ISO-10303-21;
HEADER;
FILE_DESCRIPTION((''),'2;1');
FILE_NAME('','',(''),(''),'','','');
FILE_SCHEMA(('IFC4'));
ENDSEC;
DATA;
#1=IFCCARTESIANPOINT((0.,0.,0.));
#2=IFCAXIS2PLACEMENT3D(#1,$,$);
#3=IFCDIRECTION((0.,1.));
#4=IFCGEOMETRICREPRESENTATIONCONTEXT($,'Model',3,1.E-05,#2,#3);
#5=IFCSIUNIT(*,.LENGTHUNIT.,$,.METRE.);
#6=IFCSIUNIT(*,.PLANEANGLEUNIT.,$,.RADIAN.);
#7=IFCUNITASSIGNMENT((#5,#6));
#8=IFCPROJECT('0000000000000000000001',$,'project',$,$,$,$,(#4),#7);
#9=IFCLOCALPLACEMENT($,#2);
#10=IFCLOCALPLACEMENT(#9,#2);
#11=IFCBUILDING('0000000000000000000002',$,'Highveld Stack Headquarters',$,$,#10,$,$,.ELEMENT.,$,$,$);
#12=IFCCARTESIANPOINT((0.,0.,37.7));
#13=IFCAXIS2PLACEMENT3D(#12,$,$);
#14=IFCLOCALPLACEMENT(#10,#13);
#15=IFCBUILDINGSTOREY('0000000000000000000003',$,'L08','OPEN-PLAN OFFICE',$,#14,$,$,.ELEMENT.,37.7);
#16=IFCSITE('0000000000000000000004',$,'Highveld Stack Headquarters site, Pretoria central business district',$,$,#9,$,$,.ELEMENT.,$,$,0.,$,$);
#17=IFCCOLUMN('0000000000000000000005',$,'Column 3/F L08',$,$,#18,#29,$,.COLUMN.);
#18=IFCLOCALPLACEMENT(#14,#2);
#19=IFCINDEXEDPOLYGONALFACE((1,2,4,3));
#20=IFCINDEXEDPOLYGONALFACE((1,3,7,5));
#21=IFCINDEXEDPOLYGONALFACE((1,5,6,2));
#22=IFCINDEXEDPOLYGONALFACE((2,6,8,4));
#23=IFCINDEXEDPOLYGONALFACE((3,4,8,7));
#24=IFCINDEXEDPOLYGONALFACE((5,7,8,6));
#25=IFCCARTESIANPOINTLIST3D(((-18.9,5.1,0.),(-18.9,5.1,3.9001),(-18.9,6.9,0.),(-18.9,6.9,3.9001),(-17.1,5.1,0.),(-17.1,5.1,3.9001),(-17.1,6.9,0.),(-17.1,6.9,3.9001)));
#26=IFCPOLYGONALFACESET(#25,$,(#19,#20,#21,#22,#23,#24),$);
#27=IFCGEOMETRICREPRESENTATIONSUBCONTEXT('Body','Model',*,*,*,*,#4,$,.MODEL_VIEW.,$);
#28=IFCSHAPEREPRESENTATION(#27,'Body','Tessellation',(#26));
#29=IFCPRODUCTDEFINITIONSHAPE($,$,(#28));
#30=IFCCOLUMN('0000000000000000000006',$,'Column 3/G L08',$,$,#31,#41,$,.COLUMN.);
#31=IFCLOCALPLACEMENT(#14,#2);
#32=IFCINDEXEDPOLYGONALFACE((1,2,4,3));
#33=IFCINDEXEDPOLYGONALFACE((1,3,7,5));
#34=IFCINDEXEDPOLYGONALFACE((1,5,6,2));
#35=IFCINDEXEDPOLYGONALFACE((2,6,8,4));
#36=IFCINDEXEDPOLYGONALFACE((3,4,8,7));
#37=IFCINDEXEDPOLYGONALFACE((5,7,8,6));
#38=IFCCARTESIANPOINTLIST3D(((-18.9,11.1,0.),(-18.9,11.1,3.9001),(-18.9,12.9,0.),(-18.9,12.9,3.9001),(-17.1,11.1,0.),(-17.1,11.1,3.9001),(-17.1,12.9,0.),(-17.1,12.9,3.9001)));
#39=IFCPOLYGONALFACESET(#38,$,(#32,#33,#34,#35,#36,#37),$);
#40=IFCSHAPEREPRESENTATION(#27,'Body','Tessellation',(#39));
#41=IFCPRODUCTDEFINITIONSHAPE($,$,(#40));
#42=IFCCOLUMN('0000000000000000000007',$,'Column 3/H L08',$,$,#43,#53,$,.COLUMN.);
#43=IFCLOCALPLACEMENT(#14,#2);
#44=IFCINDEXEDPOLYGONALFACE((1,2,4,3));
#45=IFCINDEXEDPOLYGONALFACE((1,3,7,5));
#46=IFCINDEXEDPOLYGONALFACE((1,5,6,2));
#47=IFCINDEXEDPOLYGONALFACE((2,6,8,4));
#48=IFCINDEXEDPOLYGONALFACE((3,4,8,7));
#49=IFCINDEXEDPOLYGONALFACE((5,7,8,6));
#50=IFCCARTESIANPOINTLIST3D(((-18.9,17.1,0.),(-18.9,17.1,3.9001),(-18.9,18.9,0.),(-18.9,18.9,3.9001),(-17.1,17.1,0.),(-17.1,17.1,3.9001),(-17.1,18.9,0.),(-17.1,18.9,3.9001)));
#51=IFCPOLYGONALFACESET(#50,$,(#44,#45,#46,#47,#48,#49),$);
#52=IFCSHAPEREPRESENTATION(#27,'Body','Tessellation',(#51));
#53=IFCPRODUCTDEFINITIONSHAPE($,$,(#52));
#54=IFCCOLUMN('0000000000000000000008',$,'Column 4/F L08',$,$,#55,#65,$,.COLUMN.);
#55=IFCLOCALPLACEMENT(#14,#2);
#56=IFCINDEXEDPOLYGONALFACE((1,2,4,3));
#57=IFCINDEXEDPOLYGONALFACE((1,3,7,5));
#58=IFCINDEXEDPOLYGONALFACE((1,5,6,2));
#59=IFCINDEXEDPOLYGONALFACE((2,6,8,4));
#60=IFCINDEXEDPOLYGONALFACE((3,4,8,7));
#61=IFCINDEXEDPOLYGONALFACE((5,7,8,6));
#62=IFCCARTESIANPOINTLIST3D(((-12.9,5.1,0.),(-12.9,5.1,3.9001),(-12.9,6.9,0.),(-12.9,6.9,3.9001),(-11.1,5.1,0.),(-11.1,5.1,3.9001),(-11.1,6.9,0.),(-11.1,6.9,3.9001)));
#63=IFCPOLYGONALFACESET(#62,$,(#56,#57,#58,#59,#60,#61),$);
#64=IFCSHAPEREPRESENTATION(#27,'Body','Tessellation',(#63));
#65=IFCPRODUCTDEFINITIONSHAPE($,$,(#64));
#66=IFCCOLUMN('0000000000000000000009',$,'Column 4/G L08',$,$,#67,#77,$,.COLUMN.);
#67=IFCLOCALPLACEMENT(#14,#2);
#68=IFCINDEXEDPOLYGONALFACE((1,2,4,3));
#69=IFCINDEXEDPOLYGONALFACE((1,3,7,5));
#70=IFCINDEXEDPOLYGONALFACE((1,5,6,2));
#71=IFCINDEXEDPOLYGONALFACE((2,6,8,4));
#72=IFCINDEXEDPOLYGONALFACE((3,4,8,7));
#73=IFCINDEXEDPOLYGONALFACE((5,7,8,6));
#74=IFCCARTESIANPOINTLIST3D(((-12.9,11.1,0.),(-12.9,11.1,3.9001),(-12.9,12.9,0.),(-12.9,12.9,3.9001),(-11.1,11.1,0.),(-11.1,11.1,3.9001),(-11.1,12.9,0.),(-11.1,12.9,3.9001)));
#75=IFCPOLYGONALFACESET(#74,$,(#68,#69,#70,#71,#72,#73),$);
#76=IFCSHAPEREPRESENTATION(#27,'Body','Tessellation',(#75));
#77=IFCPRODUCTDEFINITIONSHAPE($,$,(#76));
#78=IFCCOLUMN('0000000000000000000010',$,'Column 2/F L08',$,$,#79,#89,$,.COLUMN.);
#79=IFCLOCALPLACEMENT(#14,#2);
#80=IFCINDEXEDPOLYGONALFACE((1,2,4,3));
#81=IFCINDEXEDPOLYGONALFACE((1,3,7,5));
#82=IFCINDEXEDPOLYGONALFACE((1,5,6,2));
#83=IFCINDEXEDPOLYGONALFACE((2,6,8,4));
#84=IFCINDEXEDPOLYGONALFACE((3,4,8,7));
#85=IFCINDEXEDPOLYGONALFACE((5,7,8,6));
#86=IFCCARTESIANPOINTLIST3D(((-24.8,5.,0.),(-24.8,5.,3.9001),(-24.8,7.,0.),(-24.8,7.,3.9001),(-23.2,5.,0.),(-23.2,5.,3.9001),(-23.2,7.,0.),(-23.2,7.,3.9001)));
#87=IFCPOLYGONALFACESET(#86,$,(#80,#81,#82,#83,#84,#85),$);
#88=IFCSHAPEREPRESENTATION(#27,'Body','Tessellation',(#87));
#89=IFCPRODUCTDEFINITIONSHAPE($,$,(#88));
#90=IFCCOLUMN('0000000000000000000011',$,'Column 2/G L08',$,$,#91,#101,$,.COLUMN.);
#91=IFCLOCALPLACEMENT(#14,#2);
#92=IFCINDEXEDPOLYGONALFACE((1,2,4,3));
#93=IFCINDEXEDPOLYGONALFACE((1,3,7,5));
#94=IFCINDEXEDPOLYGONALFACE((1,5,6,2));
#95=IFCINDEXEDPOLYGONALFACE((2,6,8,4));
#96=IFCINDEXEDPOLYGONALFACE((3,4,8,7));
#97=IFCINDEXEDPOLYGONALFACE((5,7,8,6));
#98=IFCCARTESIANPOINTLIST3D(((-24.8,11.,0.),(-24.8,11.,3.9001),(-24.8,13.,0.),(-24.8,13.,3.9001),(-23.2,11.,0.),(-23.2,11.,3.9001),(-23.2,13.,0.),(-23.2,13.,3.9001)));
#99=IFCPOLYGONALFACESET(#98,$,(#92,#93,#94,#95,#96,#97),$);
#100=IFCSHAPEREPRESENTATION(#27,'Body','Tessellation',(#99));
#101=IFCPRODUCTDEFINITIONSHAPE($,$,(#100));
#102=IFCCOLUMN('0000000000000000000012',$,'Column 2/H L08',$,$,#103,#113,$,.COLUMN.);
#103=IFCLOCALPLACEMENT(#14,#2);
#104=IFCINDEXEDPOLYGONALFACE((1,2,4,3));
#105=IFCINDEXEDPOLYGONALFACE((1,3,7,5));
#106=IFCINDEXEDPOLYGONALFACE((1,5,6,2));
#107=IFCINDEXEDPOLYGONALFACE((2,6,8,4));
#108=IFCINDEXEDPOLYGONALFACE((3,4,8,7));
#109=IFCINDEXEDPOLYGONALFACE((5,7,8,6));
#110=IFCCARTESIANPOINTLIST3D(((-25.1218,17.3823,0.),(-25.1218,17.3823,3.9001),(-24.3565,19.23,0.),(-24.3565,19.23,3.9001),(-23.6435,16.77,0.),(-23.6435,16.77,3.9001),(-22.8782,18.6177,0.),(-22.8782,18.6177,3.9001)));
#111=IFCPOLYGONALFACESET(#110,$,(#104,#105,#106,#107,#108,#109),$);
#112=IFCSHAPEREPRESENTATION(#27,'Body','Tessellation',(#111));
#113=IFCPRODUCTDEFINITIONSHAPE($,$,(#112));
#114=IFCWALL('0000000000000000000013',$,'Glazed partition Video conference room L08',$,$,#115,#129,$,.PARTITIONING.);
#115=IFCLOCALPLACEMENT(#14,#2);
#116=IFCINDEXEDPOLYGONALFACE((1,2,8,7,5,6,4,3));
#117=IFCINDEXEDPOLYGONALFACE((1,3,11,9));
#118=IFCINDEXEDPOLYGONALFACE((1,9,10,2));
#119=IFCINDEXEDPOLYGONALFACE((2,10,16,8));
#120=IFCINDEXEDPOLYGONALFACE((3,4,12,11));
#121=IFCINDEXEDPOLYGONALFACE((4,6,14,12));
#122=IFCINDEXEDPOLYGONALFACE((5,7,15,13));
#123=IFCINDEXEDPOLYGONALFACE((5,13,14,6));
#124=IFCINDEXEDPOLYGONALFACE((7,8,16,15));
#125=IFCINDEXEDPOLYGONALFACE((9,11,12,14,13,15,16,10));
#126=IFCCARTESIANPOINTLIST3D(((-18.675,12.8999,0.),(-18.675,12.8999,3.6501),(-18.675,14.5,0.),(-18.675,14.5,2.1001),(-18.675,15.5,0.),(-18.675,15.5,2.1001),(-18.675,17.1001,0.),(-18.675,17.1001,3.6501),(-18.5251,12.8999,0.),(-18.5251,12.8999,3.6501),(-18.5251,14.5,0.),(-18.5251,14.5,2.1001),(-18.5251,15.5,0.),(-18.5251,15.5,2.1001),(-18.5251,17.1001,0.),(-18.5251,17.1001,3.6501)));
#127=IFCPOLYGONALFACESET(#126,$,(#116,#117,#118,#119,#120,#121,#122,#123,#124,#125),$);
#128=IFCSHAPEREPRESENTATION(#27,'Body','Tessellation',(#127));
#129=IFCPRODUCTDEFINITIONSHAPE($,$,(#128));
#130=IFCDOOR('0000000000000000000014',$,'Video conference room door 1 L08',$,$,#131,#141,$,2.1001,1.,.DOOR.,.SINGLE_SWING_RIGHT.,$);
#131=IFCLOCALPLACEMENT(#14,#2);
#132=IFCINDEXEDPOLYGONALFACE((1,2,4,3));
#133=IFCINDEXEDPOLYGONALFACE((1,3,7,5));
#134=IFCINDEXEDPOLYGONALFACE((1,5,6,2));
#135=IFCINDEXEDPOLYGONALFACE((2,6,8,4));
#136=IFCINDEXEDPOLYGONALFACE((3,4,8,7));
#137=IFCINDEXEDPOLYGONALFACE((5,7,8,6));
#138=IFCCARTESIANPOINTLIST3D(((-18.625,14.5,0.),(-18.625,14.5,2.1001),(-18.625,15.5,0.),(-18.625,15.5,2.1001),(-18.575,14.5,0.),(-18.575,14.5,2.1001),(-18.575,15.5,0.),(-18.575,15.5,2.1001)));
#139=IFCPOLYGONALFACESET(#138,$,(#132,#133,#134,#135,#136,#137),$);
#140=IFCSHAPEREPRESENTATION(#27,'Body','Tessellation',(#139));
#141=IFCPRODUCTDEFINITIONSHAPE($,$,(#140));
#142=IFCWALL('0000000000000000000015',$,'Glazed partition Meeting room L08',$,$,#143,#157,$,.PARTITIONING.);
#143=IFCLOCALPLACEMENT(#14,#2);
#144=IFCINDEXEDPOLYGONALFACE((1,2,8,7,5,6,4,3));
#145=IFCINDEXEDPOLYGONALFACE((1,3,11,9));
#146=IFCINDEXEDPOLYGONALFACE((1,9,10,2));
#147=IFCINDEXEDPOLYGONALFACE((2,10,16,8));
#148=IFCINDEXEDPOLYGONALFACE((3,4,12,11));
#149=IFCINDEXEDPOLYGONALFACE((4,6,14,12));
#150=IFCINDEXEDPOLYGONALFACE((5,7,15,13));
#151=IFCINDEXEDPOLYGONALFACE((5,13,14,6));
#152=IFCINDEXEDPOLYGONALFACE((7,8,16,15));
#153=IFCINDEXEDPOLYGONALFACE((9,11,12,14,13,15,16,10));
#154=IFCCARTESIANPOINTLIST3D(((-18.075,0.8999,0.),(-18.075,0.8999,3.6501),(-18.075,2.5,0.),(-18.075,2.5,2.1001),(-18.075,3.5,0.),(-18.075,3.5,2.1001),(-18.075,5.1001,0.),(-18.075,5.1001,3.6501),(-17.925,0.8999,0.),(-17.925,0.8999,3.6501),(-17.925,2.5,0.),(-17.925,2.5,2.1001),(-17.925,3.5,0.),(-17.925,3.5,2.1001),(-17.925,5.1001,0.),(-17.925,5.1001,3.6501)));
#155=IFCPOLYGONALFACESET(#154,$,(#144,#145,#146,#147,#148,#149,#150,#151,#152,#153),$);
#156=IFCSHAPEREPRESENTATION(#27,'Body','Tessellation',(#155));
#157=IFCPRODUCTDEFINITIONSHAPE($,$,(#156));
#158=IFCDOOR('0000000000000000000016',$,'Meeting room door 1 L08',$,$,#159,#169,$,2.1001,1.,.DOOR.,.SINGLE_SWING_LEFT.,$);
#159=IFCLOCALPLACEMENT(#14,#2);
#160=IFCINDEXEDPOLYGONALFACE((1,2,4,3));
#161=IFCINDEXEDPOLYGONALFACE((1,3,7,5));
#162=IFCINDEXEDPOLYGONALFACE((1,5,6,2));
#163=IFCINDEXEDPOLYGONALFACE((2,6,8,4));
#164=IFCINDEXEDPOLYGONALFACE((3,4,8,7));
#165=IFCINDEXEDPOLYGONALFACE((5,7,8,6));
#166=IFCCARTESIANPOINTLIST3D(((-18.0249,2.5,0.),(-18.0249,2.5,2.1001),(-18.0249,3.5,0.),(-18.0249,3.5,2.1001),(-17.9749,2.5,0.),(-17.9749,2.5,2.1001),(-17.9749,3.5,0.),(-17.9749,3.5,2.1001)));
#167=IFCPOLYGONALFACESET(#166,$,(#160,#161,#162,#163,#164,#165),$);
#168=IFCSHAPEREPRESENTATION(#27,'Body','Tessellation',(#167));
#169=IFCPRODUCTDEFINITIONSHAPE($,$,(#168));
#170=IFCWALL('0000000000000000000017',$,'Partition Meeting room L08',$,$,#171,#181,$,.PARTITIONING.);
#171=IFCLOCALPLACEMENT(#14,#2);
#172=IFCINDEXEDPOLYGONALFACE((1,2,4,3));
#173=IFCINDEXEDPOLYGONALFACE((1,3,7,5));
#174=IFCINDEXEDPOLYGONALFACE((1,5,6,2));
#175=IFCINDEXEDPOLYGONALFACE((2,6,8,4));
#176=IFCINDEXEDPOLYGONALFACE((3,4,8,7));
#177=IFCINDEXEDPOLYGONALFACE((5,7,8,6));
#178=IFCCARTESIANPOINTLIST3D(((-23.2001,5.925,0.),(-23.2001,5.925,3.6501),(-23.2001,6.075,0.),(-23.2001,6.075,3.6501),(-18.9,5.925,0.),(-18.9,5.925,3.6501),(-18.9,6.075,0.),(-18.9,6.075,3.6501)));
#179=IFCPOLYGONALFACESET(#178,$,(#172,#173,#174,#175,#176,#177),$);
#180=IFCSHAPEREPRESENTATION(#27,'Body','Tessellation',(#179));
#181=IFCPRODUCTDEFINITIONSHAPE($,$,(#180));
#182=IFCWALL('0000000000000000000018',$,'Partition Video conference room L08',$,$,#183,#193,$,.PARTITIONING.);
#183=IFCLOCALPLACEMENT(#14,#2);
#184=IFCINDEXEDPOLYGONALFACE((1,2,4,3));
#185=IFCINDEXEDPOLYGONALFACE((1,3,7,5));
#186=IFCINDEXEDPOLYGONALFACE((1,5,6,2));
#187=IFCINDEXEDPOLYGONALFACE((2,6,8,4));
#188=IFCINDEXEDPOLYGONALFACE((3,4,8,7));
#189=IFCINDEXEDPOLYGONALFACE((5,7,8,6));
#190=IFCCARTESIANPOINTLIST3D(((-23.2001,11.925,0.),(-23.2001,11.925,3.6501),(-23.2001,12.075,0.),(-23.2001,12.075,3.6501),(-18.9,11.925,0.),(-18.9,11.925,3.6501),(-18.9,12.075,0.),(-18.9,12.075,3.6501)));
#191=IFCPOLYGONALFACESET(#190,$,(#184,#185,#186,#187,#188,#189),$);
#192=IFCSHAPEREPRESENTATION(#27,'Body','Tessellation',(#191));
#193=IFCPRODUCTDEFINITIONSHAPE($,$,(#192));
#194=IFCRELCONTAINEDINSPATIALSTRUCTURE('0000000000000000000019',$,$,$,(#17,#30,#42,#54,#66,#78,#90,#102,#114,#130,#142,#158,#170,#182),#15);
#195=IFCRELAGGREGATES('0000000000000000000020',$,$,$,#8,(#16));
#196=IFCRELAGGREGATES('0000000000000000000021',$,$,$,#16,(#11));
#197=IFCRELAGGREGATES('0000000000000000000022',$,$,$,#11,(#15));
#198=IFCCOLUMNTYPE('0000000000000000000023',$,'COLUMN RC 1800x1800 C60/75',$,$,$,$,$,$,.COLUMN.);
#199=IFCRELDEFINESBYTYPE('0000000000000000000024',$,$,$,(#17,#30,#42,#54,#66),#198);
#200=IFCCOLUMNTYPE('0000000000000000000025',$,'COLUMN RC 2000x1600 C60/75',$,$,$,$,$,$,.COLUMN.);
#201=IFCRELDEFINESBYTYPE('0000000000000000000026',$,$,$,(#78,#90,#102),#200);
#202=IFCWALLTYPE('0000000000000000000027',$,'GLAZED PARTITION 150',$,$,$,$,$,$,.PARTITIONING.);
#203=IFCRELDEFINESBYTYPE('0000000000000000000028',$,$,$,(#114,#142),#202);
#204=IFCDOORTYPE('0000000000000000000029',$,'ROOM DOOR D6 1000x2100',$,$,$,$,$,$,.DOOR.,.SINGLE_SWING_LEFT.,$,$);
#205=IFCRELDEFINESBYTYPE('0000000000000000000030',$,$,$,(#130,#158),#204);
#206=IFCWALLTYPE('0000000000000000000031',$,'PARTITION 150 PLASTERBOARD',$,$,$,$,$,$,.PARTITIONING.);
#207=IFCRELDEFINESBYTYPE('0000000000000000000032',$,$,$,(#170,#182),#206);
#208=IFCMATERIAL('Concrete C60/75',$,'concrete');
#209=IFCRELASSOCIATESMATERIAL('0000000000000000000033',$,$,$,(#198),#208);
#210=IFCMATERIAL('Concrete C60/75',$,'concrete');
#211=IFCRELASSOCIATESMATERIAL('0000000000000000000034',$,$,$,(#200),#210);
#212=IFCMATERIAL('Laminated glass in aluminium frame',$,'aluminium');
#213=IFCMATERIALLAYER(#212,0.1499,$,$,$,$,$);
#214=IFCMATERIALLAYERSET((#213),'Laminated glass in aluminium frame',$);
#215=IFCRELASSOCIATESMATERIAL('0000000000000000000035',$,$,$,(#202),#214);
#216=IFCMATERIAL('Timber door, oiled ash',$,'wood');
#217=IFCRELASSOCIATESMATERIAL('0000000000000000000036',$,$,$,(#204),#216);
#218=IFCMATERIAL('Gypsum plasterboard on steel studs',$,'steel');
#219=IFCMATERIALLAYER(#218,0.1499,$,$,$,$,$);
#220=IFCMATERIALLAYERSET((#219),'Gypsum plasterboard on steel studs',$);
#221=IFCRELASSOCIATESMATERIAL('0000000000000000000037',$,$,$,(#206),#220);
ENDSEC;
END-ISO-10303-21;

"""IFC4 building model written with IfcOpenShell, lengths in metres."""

from ifc_helpers import new_model, si_unit, direction, frame, frame_2d, origin, origin_2d, place, context, subcontext, project, spatial, rectangle, extrude, material, layer, layer_set, material_profile, profile_set, type_object, element, fill, save


model = new_model("IFC4")

# Units and contexts
model_context = context("Model", 3, precision=1e-05, world=origin(), true_north=direction((0.0, 1.0)))
body_context = subcontext(model_context, "Body", "Model", "MODEL_VIEW")
ifc_project = project(units=[si_unit("LENGTHUNIT", "METRE"), si_unit("PLANEANGLEUNIT", "RADIAN")], contexts=[model_context])

# Site, building, storey
site_placement = place(None, origin())
site = spatial("IfcSite", under=ifc_project, at=site_placement, Name="Highveld Stack Headquarters site, Pretoria central business district", CompositionType="ELEMENT", RefElevation=0.0)
building_placement = place(site_placement, origin())
building = spatial("IfcBuilding", under=site, at=building_placement, Name="Highveld Stack Headquarters", CompositionType="ELEMENT")
storey_placement = place(building_placement, frame((0.0, 0.0, 37.7)))
storey = spatial("IfcBuildingStorey", under=building, at=storey_placement, Name="L08", Description="OPEN-PLAN OFFICE", CompositionType="ELEMENT", Elevation=37.7)

# Columns
ifc_material_1 = material(Name="Concrete C60/75", Category="concrete")
ifc_material_profile_1 = material_profile(ifc_material_1, rectangle(XDim=1.8, YDim=1.8, at=origin_2d()), Name="RC 1800x1800")
ifc_profile_set_1 = profile_set([ifc_material_profile_1], Name="Concrete C60/75")
column_type_1 = type_object("IfcColumnType", Name="COLUMN RC 1800x1800 C60/75", PredefinedType="COLUMN", material=ifc_profile_set_1)
for number, where, z_axis, x_axis, name in (
    (1, (-18.0, 6.0, 0.0), (0.0, 0.0, 1.0), (1.0, 0.0, 0.0), "Column 3/F L08"),
    (2, (-18.0, 12.0, 0.0), (0.0, 0.0, 1.0), (1.0, 0.0, 0.0), "Column 3/G L08"),
    (3, (-18.0, 18.0, 0.0), (0.0, 0.0, 1.0), (1.0, 0.0, 0.0), "Column 3/H L08"),
    (4, (-12.0, 6.0, 0.0), (0.0, 0.0, 1.0), (1.0, 0.0, 0.0), "Column 4/F L08"),
    (5, (-12.0, 12.0, 0.0), (0.0, 0.0, 1.0), (1.0, 0.0, 0.0), "Column 4/G L08"),
):
    element("IfcColumn", number, at=place(storey_placement, frame(where, z_axis=z_axis, x_axis=x_axis)), inside=storey, type_object=column_type_1, Name=name, PredefinedType="COLUMN", context=body_context, shape_type="SweptSolid", body=[
        extrude(rectangle(XDim=1.8, YDim=1.8, at=origin_2d()), origin(), (0.0, 0.0, 1.0), 3.9001),
    ])
ifc_material_2 = material(Name="Concrete C60/75", Category="concrete")
ifc_material_profile_2 = material_profile(ifc_material_2, rectangle(XDim=2.0, YDim=1.6001, at=origin_2d()), Name="RC 2000x1600")
ifc_profile_set_2 = profile_set([ifc_material_profile_2], Name="Concrete C60/75")
column_type_2 = type_object("IfcColumnType", Name="COLUMN RC 2000x1600 C60/75", PredefinedType="COLUMN", material=ifc_profile_set_2)
for number, where, z_axis, x_axis, name in (
    (6, (-24.0, 6.0, 0.0), (0.0, 0.0, 1.0), (0.0, 1.0, 0.0), "Column 2/F L08"),
    (7, (-24.0, 12.0, 0.0), (0.0, 0.0, 1.0), (0.0, 1.0, 0.0), "Column 2/G L08"),
    (8, (-24.0, 18.0, 0.0), (0.0, 0.0, 1.0), (0.382683, 0.92388, 0.0), "Column 2/H L08"),
):
    element("IfcColumn", number, at=place(storey_placement, frame(where, z_axis=z_axis, x_axis=x_axis)), inside=storey, type_object=column_type_2, Name=name, PredefinedType="COLUMN", context=body_context, shape_type="SweptSolid", body=[
        extrude(rectangle(XDim=2.0, YDim=1.6001, at=origin_2d()), origin(), (0.0, 0.0, 1.0), 3.9001),
    ])

# Walls, openings, doors
ifc_material_3 = material(Name="Laminated glass in aluminium frame", Category="aluminium")
ifc_layer_1 = layer(ifc_material_3, 0.1499)
ifc_layer_set_1 = layer_set([ifc_layer_1], Name="Laminated glass in aluminium frame")
wall_type_1 = type_object("IfcWallType", Name="GLAZED PARTITION 150", PredefinedType="PARTITIONING", material=ifc_layer_set_1)
wall_1_placement = place(storey_placement, frame((-18.6001, 12.8999, 0.0), z_axis=(0.0, 0.0, 1.0), x_axis=(0.0, 1.0, 0.0)))
wall_1 = element("IfcWall", 9, at=wall_1_placement, inside=storey, type_object=wall_type_1, Name="Glazed partition Video conference room L08", PredefinedType="PARTITIONING", context=body_context, shape_type="SweptSolid", body=[
    extrude(rectangle(XDim=4.2002, YDim=0.1499, at=frame_2d((2.1001, 0.0))), origin(), (0.0, 0.0, 1.0), 3.6501),
])
opening_1_placement = place(wall_1_placement, frame((1.6001, 0.0, 0.0)))
opening_1 = element("IfcOpeningElement", 10, at=opening_1_placement, cuts=wall_1, PredefinedType="OPENING", context=body_context, shape_type="SweptSolid", body=[
    extrude(rectangle(XDim=1.0, YDim=2.1001, at=frame_2d((0.5, 1.05))), frame((0.0, 0.085, 0.0), z_axis=(0.0, -1.0, 0.0), x_axis=(1.0, 0.0, 0.0)), (0.0, 0.0, 1.0), 0.1699),
])
ifc_material_4 = material(Name="Timber door, oiled ash", Category="wood")
door_type = type_object("IfcDoorType", Name="ROOM DOOR D6 1000x2100", OperationType="SINGLE_SWING_LEFT", PredefinedType="DOOR", material=ifc_material_4)
door_1_placement = place(opening_1_placement, origin())
door_1 = element("IfcDoor", 11, at=door_1_placement, inside=storey, type_object=door_type, Name="Video conference room door 1 L08", OperationType="SINGLE_SWING_RIGHT", OverallHeight=2.1001, OverallWidth=1.0, PredefinedType="DOOR", context=body_context, shape_type="SweptSolid", body=[
    extrude(rectangle(XDim=1.0, YDim=2.1001, at=frame_2d((0.5, 1.05))), frame((0.0, 0.0249, 0.0), z_axis=(0.0, -1.0, 0.0), x_axis=(1.0, 0.0, 0.0)), (0.0, 0.0, 1.0), 0.05),
])
fill(opening_1, door_1)
wall_2_placement = place(storey_placement, frame((-18.0, 0.8999, 0.0), z_axis=(0.0, 0.0, 1.0), x_axis=(0.0, 1.0, 0.0)))
wall_2 = element("IfcWall", 12, at=wall_2_placement, inside=storey, type_object=wall_type_1, Name="Glazed partition Meeting room L08", PredefinedType="PARTITIONING", context=body_context, shape_type="SweptSolid", body=[
    extrude(rectangle(XDim=4.2002, YDim=0.1499, at=frame_2d((2.1001, 0.0))), origin(), (0.0, 0.0, 1.0), 3.6501),
])
opening_2_placement = place(wall_2_placement, frame((1.6001, 0.0, 0.0)))
opening_2 = element("IfcOpeningElement", 13, at=opening_2_placement, cuts=wall_2, PredefinedType="OPENING", context=body_context, shape_type="SweptSolid", body=[
    extrude(rectangle(XDim=1.0, YDim=2.1001, at=frame_2d((0.5, 1.05))), frame((0.0, 0.085, 0.0), z_axis=(0.0, -1.0, 0.0), x_axis=(1.0, 0.0, 0.0)), (0.0, 0.0, 1.0), 0.1699),
])
door_2_placement = place(opening_2_placement, origin())
door_2 = element("IfcDoor", 14, at=door_2_placement, inside=storey, type_object=door_type, Name="Meeting room door 1 L08", OperationType="SINGLE_SWING_LEFT", OverallHeight=2.1001, OverallWidth=1.0, PredefinedType="DOOR", context=body_context, shape_type="SweptSolid", body=[
    extrude(rectangle(XDim=1.0, YDim=2.1001, at=frame_2d((0.5, 1.05))), frame((0.0, 0.0249, 0.0), z_axis=(0.0, -1.0, 0.0), x_axis=(1.0, 0.0, 0.0)), (0.0, 0.0, 1.0), 0.05),
])
fill(opening_2, door_2)

# Walls
ifc_material_5 = material(Name="Gypsum plasterboard on steel studs", Category="steel")
ifc_layer_2 = layer(ifc_material_5, 0.1499)
ifc_layer_set_2 = layer_set([ifc_layer_2], Name="Gypsum plasterboard on steel studs")
wall_type_2 = type_object("IfcWallType", Name="PARTITION 150 PLASTERBOARD", PredefinedType="PARTITIONING", material=ifc_layer_set_2)
for number, where, z_axis, x_axis, name in (
    (15, (-23.2, 6.0, 0.0), (0.0, 0.0, 1.0), (1.0, 0.0, 0.0), "Partition Meeting room L08"),
    (16, (-23.2, 12.0, 0.0), (0.0, 0.0, 1.0), (1.0, 0.0, 0.0), "Partition Video conference room L08"),
):
    element("IfcWall", number, at=place(storey_placement, frame(where, z_axis=z_axis, x_axis=x_axis)), inside=storey, type_object=wall_type_2, Name=name, PredefinedType="PARTITIONING", context=body_context, shape_type="SweptSolid", body=[
        extrude(rectangle(XDim=4.3, YDim=0.1499, at=frame_2d((2.1499, 0.0))), origin(), (0.0, 0.0, 1.0), 3.6501),
    ])

save(model, "model.ifc")
